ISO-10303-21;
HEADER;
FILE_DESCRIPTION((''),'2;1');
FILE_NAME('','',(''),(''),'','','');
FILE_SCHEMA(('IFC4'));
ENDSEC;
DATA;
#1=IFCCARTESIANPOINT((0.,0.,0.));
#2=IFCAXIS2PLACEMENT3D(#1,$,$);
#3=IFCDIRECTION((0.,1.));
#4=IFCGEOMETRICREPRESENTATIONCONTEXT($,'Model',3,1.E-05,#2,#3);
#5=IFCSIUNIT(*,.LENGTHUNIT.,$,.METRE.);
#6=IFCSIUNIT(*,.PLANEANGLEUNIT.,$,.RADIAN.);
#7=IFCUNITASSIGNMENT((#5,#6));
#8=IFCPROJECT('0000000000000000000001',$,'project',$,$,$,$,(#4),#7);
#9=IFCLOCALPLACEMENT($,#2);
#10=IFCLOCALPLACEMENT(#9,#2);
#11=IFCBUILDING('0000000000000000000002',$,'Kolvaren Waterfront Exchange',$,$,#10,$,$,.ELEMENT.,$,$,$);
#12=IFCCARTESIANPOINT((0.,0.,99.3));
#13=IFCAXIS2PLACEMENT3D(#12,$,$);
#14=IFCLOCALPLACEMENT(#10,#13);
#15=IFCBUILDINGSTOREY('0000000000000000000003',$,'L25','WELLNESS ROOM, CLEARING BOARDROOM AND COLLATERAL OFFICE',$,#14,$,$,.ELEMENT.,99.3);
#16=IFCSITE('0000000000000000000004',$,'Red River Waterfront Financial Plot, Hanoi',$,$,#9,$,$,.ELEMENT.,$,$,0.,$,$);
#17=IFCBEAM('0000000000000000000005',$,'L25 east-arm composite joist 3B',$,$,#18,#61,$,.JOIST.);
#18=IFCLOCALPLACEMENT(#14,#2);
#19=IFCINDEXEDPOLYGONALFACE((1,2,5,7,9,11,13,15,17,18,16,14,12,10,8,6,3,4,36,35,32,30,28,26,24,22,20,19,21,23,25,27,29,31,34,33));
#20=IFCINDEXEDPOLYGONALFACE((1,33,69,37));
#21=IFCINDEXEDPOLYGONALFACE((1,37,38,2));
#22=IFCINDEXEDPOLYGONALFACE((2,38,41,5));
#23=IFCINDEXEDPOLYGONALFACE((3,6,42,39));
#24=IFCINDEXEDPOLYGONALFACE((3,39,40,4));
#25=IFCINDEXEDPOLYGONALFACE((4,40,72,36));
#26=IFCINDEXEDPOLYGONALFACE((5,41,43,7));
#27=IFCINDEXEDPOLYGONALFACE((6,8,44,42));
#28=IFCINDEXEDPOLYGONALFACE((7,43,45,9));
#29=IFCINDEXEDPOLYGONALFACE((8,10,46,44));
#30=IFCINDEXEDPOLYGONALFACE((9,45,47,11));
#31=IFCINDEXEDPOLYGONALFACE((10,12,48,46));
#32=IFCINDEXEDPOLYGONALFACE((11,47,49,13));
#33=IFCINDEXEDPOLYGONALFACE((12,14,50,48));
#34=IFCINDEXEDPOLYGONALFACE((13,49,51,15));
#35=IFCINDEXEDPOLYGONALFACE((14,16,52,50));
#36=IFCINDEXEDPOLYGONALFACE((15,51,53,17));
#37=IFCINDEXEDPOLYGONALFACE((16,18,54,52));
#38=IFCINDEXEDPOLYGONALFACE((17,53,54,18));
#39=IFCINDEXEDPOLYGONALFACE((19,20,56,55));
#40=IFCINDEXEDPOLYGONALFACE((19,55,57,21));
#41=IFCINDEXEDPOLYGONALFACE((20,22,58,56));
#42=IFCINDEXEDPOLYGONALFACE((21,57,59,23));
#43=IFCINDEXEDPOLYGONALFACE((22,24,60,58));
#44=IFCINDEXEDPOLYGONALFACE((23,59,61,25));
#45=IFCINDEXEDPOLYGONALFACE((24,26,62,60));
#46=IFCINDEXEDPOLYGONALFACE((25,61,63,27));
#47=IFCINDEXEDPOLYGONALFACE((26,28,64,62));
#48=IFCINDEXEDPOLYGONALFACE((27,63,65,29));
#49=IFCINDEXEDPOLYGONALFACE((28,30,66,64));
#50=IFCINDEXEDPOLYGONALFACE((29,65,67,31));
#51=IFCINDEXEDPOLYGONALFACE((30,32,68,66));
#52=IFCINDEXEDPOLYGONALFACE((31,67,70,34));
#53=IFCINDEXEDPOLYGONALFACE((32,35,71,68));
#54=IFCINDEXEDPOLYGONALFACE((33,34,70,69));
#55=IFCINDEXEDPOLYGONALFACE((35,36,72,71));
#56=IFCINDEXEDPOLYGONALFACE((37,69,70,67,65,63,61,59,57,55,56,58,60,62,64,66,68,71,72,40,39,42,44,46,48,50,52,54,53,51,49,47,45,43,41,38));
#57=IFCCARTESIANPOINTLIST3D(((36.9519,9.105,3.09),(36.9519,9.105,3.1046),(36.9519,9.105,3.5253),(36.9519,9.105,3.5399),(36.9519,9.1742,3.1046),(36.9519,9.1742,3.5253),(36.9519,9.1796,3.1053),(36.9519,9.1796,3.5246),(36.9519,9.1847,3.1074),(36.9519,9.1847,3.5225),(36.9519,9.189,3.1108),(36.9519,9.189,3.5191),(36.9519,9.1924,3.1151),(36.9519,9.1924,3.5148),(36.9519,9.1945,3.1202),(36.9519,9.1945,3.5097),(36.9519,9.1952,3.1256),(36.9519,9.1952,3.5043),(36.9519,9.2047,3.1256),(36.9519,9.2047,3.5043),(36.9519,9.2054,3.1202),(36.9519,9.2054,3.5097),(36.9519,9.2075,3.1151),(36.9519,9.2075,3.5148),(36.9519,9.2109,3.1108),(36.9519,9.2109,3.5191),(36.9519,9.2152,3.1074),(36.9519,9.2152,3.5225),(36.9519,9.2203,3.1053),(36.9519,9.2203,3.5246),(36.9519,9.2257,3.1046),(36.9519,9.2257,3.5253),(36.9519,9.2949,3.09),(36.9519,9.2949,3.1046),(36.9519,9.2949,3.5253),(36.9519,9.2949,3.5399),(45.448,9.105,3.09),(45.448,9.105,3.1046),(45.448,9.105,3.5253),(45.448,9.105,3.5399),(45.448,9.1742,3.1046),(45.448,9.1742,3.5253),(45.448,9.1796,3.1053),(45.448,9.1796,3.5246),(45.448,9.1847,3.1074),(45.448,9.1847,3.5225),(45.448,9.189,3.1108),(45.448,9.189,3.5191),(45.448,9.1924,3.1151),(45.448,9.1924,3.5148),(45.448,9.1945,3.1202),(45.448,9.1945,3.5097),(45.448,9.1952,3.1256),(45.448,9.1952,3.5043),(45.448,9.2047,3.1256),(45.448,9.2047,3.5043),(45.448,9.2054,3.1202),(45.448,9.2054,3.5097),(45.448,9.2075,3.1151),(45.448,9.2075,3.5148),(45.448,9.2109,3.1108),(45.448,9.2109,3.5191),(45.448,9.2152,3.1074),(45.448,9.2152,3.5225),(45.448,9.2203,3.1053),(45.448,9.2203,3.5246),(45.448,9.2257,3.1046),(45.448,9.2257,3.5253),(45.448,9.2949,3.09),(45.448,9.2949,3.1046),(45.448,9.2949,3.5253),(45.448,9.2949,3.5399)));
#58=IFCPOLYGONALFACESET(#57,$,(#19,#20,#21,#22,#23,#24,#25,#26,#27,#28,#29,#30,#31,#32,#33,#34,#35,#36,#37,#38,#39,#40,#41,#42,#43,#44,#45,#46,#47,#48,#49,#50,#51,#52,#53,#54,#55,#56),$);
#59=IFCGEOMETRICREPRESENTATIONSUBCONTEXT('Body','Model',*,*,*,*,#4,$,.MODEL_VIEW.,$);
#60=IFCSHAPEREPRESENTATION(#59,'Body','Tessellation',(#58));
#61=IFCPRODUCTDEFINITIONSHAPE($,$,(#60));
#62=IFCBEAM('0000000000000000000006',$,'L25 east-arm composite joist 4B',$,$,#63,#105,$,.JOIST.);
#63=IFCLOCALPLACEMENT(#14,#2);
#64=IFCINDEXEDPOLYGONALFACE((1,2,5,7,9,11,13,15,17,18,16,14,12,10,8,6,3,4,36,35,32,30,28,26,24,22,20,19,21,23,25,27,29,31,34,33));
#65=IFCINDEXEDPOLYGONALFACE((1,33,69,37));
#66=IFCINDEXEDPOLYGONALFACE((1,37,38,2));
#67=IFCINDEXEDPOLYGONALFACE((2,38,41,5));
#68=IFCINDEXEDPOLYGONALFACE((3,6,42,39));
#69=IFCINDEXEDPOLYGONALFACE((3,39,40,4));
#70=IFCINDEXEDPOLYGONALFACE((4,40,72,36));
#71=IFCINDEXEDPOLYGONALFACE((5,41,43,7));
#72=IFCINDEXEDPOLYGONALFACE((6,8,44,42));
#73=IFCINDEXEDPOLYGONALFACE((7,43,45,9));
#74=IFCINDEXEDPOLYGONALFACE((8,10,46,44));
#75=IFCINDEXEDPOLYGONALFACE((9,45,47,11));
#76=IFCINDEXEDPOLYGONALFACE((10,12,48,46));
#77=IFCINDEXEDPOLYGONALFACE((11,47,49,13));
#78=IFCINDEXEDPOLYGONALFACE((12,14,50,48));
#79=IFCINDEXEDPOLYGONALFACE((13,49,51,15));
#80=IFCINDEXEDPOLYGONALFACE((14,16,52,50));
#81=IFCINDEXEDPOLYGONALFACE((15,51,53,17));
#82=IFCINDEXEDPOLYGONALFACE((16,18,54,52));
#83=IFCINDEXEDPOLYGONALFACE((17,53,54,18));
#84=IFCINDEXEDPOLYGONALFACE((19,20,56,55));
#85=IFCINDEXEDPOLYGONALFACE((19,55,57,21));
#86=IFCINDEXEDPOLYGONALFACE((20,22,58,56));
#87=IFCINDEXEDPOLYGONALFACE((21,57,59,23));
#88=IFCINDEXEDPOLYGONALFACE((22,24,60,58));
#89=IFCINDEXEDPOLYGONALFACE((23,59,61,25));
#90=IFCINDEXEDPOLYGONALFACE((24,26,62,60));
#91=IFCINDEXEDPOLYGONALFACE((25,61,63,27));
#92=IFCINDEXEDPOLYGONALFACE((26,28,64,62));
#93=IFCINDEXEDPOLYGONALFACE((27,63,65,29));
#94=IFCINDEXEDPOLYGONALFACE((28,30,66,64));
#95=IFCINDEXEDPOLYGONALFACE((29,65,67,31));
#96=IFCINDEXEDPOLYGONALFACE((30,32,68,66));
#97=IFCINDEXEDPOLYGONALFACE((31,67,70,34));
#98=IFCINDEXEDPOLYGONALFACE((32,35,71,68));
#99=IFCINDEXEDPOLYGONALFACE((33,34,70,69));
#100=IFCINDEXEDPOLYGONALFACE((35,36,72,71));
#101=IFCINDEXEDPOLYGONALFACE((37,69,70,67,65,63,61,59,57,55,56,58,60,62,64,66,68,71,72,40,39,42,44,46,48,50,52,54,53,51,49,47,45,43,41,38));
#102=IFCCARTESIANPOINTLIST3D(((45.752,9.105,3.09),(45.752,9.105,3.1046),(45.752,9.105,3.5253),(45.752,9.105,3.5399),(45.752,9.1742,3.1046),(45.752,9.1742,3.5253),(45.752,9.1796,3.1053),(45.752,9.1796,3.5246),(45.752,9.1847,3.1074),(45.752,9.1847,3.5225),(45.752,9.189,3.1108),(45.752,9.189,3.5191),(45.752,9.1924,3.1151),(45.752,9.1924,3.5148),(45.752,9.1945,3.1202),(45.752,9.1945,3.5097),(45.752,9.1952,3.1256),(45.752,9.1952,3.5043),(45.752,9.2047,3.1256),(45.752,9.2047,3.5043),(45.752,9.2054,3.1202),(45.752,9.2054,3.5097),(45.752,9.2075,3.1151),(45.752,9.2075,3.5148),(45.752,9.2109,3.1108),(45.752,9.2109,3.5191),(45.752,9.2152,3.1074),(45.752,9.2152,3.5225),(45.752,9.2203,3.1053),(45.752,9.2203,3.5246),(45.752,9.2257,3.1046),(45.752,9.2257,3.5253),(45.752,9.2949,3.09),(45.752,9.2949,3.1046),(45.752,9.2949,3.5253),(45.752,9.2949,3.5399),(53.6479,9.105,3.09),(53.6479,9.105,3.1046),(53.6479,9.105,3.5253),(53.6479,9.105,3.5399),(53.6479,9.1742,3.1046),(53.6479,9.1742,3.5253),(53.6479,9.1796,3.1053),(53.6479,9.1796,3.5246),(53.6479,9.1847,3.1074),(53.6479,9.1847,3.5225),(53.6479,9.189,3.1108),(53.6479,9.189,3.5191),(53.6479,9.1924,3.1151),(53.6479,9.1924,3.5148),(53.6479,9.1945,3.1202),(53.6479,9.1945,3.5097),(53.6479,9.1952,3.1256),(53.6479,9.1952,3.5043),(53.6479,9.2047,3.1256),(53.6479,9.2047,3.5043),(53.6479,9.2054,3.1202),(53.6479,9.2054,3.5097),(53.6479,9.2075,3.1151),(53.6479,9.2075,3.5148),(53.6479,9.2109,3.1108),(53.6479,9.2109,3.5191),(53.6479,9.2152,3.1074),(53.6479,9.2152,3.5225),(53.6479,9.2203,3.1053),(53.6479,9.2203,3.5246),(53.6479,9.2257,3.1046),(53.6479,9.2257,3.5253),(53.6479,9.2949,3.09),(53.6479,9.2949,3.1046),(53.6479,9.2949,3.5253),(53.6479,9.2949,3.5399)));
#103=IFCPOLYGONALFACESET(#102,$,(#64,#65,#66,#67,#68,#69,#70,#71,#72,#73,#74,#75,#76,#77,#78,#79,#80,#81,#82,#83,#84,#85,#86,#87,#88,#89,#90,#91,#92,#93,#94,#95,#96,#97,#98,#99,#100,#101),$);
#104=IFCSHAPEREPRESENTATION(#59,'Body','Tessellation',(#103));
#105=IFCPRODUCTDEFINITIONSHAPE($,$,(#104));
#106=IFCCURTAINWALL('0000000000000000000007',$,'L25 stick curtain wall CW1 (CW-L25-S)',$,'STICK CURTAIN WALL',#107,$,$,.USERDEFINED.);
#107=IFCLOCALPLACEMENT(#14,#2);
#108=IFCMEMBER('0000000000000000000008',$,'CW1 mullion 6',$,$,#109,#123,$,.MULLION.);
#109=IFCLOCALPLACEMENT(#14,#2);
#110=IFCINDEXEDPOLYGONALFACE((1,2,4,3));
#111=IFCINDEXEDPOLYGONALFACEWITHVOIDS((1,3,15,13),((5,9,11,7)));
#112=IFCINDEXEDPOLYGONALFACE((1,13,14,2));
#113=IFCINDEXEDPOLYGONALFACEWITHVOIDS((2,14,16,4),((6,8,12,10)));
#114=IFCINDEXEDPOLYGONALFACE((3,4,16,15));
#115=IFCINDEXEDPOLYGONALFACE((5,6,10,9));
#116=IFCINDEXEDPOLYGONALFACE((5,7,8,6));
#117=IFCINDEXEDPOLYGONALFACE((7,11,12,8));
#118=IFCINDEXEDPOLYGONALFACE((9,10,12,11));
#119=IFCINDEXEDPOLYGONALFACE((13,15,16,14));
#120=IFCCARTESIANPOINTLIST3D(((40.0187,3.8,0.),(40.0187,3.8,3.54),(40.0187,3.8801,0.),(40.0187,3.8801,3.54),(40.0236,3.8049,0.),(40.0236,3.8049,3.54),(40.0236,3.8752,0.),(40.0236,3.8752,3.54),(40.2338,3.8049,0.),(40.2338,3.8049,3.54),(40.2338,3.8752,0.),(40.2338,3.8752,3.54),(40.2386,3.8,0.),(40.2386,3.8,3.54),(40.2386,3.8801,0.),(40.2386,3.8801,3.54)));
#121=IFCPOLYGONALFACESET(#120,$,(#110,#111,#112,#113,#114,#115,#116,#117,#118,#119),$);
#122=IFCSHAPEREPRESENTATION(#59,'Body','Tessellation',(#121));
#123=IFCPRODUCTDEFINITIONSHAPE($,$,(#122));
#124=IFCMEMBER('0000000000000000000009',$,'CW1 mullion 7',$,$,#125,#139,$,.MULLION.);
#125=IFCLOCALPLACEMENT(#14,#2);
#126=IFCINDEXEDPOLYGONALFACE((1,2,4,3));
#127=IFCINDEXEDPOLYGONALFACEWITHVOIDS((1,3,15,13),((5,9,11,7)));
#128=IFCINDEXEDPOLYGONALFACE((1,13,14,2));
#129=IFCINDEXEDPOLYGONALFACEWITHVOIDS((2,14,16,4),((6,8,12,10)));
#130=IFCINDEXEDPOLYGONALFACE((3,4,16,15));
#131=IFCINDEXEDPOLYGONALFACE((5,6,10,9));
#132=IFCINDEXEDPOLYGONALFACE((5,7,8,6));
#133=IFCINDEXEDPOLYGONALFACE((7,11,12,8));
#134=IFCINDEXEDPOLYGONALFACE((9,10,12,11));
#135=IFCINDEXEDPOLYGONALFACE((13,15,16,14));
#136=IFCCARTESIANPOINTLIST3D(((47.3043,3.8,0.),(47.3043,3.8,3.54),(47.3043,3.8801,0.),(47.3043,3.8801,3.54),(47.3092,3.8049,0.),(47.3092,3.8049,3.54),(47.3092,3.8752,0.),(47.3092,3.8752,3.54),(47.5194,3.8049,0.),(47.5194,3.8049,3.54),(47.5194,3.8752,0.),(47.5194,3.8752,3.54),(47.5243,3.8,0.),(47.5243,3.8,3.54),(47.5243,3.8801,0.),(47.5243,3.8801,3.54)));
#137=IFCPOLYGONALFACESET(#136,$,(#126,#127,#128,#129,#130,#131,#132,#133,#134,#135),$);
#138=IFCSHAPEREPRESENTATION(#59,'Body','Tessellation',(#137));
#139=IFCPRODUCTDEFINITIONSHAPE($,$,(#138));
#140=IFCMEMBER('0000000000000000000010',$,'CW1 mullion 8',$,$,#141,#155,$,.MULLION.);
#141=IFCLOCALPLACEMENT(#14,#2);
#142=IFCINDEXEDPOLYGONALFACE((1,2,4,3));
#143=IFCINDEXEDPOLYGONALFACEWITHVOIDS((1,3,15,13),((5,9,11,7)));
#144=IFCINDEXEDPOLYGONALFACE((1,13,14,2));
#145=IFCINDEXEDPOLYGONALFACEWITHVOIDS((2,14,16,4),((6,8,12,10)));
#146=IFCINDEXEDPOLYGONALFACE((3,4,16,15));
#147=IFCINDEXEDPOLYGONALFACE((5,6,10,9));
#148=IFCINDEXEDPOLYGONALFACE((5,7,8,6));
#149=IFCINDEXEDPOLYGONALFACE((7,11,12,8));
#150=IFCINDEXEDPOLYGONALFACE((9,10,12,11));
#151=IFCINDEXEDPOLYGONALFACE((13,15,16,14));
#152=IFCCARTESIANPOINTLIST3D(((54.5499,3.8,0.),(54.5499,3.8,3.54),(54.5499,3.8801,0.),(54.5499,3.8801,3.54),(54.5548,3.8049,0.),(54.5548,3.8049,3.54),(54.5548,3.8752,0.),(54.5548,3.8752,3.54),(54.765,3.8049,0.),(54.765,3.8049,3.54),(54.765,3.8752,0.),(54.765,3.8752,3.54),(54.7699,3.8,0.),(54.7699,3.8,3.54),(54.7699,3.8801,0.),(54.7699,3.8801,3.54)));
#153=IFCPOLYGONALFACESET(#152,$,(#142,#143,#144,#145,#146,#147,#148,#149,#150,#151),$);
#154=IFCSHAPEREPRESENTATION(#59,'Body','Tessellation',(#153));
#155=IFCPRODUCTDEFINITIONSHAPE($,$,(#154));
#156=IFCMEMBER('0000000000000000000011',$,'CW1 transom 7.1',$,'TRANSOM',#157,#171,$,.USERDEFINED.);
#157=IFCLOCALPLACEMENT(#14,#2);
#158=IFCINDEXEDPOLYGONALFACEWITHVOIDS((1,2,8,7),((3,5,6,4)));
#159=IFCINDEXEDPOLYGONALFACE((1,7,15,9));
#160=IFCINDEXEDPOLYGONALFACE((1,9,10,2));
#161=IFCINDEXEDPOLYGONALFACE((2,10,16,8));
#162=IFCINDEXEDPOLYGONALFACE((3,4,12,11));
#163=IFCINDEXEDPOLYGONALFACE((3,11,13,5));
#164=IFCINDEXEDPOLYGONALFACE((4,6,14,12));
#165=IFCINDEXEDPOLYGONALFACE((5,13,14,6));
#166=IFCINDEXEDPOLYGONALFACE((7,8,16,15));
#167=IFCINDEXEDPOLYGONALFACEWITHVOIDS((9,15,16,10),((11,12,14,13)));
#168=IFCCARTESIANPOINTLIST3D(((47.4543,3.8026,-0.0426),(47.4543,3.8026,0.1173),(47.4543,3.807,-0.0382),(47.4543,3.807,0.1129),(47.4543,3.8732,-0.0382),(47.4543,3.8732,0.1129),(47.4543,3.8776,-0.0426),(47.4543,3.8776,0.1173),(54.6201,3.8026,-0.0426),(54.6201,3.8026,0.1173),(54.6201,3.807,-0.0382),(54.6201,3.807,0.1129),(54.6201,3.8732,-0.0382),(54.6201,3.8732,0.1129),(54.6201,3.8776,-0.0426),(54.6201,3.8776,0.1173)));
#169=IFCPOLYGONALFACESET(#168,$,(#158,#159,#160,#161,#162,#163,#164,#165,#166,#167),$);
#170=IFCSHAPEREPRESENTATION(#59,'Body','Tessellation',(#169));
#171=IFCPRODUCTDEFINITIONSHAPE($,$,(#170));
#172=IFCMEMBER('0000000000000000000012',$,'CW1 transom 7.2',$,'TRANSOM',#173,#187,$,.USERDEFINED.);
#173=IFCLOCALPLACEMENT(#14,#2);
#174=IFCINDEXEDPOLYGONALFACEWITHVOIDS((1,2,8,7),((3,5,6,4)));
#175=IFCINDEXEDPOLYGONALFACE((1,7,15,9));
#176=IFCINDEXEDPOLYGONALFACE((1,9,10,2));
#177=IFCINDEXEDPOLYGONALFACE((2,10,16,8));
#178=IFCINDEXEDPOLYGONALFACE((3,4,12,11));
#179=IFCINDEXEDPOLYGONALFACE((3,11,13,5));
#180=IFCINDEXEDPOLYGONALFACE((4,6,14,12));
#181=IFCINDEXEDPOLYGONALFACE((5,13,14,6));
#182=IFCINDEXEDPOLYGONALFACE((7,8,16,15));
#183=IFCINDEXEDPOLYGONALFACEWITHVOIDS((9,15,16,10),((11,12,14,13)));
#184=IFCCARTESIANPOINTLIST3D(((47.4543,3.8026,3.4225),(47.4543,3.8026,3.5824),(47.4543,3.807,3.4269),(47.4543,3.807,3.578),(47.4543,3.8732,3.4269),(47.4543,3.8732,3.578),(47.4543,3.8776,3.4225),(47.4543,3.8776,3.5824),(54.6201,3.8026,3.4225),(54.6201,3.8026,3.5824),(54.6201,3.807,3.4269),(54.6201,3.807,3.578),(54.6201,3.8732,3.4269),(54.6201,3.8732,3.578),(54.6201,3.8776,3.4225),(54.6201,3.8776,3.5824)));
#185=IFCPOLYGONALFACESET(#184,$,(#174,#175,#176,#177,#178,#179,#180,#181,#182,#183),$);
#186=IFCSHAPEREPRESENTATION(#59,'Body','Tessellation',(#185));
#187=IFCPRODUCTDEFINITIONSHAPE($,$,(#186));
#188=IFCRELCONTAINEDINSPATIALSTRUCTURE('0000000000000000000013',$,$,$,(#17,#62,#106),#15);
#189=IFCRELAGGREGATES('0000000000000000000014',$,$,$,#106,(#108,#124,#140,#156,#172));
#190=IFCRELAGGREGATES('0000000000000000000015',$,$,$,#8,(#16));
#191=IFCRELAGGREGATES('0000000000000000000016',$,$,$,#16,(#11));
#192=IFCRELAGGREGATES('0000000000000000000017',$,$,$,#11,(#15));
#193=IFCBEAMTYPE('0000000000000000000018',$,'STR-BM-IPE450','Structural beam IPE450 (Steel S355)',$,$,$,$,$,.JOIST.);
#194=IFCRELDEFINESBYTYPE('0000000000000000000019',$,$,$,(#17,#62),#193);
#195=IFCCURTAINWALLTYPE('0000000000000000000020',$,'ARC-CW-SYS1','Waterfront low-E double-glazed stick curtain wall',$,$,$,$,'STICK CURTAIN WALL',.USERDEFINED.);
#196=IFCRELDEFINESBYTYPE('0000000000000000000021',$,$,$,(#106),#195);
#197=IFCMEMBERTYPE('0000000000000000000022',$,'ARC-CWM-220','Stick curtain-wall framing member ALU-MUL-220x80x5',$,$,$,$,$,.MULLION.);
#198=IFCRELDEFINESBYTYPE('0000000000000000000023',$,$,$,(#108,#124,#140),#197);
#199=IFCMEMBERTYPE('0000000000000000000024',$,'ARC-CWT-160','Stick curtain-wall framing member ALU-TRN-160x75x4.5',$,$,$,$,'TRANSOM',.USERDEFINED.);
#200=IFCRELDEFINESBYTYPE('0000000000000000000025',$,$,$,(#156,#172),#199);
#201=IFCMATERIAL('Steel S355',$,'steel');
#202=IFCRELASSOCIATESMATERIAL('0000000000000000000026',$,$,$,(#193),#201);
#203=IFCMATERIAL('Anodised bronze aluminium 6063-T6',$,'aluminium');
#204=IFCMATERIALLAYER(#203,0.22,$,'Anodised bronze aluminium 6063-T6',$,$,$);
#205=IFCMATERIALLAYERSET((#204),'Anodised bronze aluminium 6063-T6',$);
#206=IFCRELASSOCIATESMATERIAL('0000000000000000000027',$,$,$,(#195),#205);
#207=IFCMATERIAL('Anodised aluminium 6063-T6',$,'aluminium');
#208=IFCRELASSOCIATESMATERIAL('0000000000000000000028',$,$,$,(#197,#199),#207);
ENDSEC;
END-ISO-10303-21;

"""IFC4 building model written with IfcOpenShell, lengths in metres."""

from ifc_helpers import new_model, si_unit, direction, frame, origin, origin_with_axes, origin_2d, place, context, subcontext, project, spatial, hollow_rectangle, i_section, extrude, source, transform, mapped, material, layer, layer_set, material_profile, profile_set, type_object, element, aggregate, save


model = new_model("IFC4")

# Units and contexts
model_context = context("Model", 3, precision=1e-05, world=origin(), true_north=direction((0.0, 1.0)))
body_context = subcontext(model_context, "Body", "Model", "MODEL_VIEW")
ifc_project = project(units=[si_unit("LENGTHUNIT", "METRE"), si_unit("PLANEANGLEUNIT", "RADIAN")], contexts=[model_context])

# Site, building, storey
site_placement = place(None, origin())
site = spatial("IfcSite", under=ifc_project, at=site_placement, Name="Red River Waterfront Financial Plot, Hanoi", CompositionType="ELEMENT", RefElevation=0.0)
building_placement = place(site_placement, origin())
building = spatial("IfcBuilding", under=site, at=building_placement, Name="Kolvaren Waterfront Exchange", CompositionType="ELEMENT")
storey_placement = place(building_placement, frame((0.0, 0.0, 99.3)))
storey = spatial("IfcBuildingStorey", under=building, at=storey_placement, Name="L25", Description="WELLNESS ROOM, CLEARING BOARDROOM AND COLLATERAL OFFICE", CompositionType="ELEMENT", Elevation=99.3)

# Beams
ifc_material_1 = material(Name="Steel S355", Category="steel")
ifc_material_profile_1 = material_profile(ifc_material_1, i_section(OverallWidth=0.1899, OverallDepth=0.45, WebThickness=0.0095, FlangeThickness=0.0146, FilletRadius=0.021, at=origin_2d()), Name="IPE450")
ifc_profile_set_1 = profile_set([ifc_material_profile_1], Name="Steel S355")
beam_type_1 = type_object("IfcBeamType", Name="STR-BM-IPE450", Description="Structural beam IPE450 (Steel S355)", PredefinedType="JOIST", material=ifc_profile_set_1)
beam_1_placement = place(storey_placement, frame((36.9519, 9.2, 3.3149), z_axis=(1.0, 0.0, 0.0), x_axis=(0.0, 1.0, 0.0)))
element("IfcBeam", 1, at=beam_1_placement, inside=storey, type_object=beam_type_1, Name="L25 east-arm composite joist 3B", PredefinedType="JOIST", context=body_context, shape_type="SweptSolid", body=[
    extrude(i_section(OverallWidth=0.1899, OverallDepth=0.45, WebThickness=0.0095, FlangeThickness=0.0146, FilletRadius=0.021, at=origin_2d()), origin(), (0.0, 0.0, 1.0), 8.4961),
])
beam_2_placement = place(storey_placement, frame((45.752, 9.2, 3.3149), z_axis=(1.0, 0.0, 0.0), x_axis=(0.0, 1.0, 0.0)))
element("IfcBeam", 2, at=beam_2_placement, inside=storey, type_object=beam_type_1, Name="L25 east-arm composite joist 4B", PredefinedType="JOIST", context=body_context, shape_type="SweptSolid", body=[
    extrude(i_section(OverallWidth=0.1899, OverallDepth=0.45, WebThickness=0.0095, FlangeThickness=0.0146, FilletRadius=0.021, at=origin_2d()), origin(), (0.0, 0.0, 1.0), 7.896),
])

# Curtain wall, members
ifc_material_2 = material(Name="Anodised bronze aluminium 6063-T6", Category="aluminium")
ifc_layer_1 = layer(ifc_material_2, 0.22, Name="Anodised bronze aluminium 6063-T6")
ifc_layer_set_1 = layer_set([ifc_layer_1], Name="Anodised bronze aluminium 6063-T6")
curtain_wall_type = type_object("IfcCurtainWallType", Name="ARC-CW-SYS1", Description="Waterfront low-E double-glazed stick curtain wall", ElementType="STICK CURTAIN WALL", PredefinedType="USERDEFINED", material=ifc_layer_set_1)
curtain_wall_placement = place(storey_placement, origin())
curtain_wall = element("IfcCurtainWall", 3, at=curtain_wall_placement, inside=storey, type_object=curtain_wall_type, Name="L25 stick curtain wall CW1 (CW-L25-S)", ObjectType="STICK CURTAIN WALL", PredefinedType="USERDEFINED")
ifc_material_3 = material(Name="Anodised aluminium 6063-T6", Category="aluminium")
ifc_material_profile_2 = material_profile(ifc_material_3, hollow_rectangle(XDim=0.0801, YDim=0.22, WallThickness=0.0049, at=origin_2d()), Name="ALU-MUL-220x80x5")
ifc_profile_set_2 = profile_set([ifc_material_profile_2], Name="Anodised aluminium 6063-T6")
member_type_1 = type_object("IfcMemberType", Name="ARC-CWM-220", Description="Stick curtain-wall framing member ALU-MUL-220x80x5", PredefinedType="MULLION", material=ifc_profile_set_2)
shared_shape_1 = source(origin_with_axes(), body_context, "Body", "SweptSolid", [
    extrude(hollow_rectangle(XDim=0.0801, YDim=0.22, WallThickness=0.0049, at=origin_2d()), origin(), (0.0, 0.0, 1.0), 3.54),
])
member_1_placement = place(storey_placement, frame((40.1287, 3.8401, 0.0), z_axis=(0.0, 0.0, 1.0), x_axis=(0.0, 1.0, 0.0)))
member_1 = element("IfcMember", 4, at=member_1_placement, type_object=member_type_1, Name="CW1 mullion 6", PredefinedType="MULLION", context=body_context, shape_type="MappedRepresentation", body=[
    mapped(shared_shape_1, transform((0.0, 0.0, 0.0), x_axis=(1.0, 0.0, 0.0), y_axis=(0.0, 1.0, 0.0), z_axis=(0.0, 0.0, 1.0), scale=1.0)),
])
member_2_placement = place(storey_placement, frame((47.4143, 3.8401, 0.0), z_axis=(0.0, 0.0, 1.0), x_axis=(0.0, 1.0, 0.0)))
member_2 = element("IfcMember", 5, at=member_2_placement, type_object=member_type_1, Name="CW1 mullion 7", PredefinedType="MULLION", context=body_context, shape_type="MappedRepresentation", body=[
    mapped(shared_shape_1, transform((0.0, 0.0, 0.0), x_axis=(1.0, 0.0, 0.0), y_axis=(0.0, 1.0, 0.0), z_axis=(0.0, 0.0, 1.0), scale=1.0)),
])
member_3_placement = place(storey_placement, frame((54.6599, 3.8401, 0.0), z_axis=(0.0, 0.0, 1.0), x_axis=(0.0, 1.0, 0.0)))
member_3 = element("IfcMember", 6, at=member_3_placement, type_object=member_type_1, Name="CW1 mullion 8", PredefinedType="MULLION", context=body_context, shape_type="MappedRepresentation", body=[
    mapped(shared_shape_1, transform((0.0, 0.0, 0.0), x_axis=(1.0, 0.0, 0.0), y_axis=(0.0, 1.0, 0.0), z_axis=(0.0, 0.0, 1.0), scale=1.0)),
])
ifc_material_profile_3 = material_profile(ifc_material_3, hollow_rectangle(XDim=0.075, YDim=0.1599, WallThickness=0.0044, at=origin_2d()), Name="ALU-TRN-160x75x4.5")
ifc_profile_set_3 = profile_set([ifc_material_profile_3], Name="Anodised aluminium 6063-T6")
member_type_2 = type_object("IfcMemberType", Name="ARC-CWT-160", Description="Stick curtain-wall framing member ALU-TRN-160x75x4.5", ElementType="TRANSOM", PredefinedType="USERDEFINED", material=ifc_profile_set_3)
shared_shape_2 = source(origin_with_axes(), body_context, "Body", "SweptSolid", [
    extrude(hollow_rectangle(XDim=0.075, YDim=0.1599, WallThickness=0.0044, at=origin_2d()), origin(), (0.0, 0.0, 1.0), 7.1658),
])
member_4_placement = place(storey_placement, frame((47.4543, 3.8401, 0.0374), z_axis=(1.0, 0.0, 0.0), x_axis=(0.0, 1.0, 0.0)))
member_4 = element("IfcMember", 7, at=member_4_placement, type_object=member_type_2, Name="CW1 transom 7.1", ObjectType="TRANSOM", PredefinedType="USERDEFINED", context=body_context, shape_type="MappedRepresentation", body=[
    mapped(shared_shape_2, transform((0.0, 0.0, 0.0), x_axis=(1.0, 0.0, 0.0), y_axis=(0.0, 1.0, 0.0), z_axis=(0.0, 0.0, 1.0), scale=1.0)),
])
member_5_placement = place(storey_placement, frame((47.4543, 3.8401, 3.5024), z_axis=(1.0, 0.0, 0.0), x_axis=(0.0, 1.0, 0.0)))
member_5 = element("IfcMember", 8, at=member_5_placement, type_object=member_type_2, Name="CW1 transom 7.2", ObjectType="TRANSOM", PredefinedType="USERDEFINED", context=body_context, shape_type="MappedRepresentation", body=[
    mapped(shared_shape_2, transform((0.0, 0.0, 0.0), x_axis=(1.0, 0.0, 0.0), y_axis=(0.0, 1.0, 0.0), z_axis=(0.0, 0.0, 1.0), scale=1.0)),
])
aggregate(curtain_wall, [member_1, member_2, member_3, member_4, member_5])

save(model, "model.ifc")
